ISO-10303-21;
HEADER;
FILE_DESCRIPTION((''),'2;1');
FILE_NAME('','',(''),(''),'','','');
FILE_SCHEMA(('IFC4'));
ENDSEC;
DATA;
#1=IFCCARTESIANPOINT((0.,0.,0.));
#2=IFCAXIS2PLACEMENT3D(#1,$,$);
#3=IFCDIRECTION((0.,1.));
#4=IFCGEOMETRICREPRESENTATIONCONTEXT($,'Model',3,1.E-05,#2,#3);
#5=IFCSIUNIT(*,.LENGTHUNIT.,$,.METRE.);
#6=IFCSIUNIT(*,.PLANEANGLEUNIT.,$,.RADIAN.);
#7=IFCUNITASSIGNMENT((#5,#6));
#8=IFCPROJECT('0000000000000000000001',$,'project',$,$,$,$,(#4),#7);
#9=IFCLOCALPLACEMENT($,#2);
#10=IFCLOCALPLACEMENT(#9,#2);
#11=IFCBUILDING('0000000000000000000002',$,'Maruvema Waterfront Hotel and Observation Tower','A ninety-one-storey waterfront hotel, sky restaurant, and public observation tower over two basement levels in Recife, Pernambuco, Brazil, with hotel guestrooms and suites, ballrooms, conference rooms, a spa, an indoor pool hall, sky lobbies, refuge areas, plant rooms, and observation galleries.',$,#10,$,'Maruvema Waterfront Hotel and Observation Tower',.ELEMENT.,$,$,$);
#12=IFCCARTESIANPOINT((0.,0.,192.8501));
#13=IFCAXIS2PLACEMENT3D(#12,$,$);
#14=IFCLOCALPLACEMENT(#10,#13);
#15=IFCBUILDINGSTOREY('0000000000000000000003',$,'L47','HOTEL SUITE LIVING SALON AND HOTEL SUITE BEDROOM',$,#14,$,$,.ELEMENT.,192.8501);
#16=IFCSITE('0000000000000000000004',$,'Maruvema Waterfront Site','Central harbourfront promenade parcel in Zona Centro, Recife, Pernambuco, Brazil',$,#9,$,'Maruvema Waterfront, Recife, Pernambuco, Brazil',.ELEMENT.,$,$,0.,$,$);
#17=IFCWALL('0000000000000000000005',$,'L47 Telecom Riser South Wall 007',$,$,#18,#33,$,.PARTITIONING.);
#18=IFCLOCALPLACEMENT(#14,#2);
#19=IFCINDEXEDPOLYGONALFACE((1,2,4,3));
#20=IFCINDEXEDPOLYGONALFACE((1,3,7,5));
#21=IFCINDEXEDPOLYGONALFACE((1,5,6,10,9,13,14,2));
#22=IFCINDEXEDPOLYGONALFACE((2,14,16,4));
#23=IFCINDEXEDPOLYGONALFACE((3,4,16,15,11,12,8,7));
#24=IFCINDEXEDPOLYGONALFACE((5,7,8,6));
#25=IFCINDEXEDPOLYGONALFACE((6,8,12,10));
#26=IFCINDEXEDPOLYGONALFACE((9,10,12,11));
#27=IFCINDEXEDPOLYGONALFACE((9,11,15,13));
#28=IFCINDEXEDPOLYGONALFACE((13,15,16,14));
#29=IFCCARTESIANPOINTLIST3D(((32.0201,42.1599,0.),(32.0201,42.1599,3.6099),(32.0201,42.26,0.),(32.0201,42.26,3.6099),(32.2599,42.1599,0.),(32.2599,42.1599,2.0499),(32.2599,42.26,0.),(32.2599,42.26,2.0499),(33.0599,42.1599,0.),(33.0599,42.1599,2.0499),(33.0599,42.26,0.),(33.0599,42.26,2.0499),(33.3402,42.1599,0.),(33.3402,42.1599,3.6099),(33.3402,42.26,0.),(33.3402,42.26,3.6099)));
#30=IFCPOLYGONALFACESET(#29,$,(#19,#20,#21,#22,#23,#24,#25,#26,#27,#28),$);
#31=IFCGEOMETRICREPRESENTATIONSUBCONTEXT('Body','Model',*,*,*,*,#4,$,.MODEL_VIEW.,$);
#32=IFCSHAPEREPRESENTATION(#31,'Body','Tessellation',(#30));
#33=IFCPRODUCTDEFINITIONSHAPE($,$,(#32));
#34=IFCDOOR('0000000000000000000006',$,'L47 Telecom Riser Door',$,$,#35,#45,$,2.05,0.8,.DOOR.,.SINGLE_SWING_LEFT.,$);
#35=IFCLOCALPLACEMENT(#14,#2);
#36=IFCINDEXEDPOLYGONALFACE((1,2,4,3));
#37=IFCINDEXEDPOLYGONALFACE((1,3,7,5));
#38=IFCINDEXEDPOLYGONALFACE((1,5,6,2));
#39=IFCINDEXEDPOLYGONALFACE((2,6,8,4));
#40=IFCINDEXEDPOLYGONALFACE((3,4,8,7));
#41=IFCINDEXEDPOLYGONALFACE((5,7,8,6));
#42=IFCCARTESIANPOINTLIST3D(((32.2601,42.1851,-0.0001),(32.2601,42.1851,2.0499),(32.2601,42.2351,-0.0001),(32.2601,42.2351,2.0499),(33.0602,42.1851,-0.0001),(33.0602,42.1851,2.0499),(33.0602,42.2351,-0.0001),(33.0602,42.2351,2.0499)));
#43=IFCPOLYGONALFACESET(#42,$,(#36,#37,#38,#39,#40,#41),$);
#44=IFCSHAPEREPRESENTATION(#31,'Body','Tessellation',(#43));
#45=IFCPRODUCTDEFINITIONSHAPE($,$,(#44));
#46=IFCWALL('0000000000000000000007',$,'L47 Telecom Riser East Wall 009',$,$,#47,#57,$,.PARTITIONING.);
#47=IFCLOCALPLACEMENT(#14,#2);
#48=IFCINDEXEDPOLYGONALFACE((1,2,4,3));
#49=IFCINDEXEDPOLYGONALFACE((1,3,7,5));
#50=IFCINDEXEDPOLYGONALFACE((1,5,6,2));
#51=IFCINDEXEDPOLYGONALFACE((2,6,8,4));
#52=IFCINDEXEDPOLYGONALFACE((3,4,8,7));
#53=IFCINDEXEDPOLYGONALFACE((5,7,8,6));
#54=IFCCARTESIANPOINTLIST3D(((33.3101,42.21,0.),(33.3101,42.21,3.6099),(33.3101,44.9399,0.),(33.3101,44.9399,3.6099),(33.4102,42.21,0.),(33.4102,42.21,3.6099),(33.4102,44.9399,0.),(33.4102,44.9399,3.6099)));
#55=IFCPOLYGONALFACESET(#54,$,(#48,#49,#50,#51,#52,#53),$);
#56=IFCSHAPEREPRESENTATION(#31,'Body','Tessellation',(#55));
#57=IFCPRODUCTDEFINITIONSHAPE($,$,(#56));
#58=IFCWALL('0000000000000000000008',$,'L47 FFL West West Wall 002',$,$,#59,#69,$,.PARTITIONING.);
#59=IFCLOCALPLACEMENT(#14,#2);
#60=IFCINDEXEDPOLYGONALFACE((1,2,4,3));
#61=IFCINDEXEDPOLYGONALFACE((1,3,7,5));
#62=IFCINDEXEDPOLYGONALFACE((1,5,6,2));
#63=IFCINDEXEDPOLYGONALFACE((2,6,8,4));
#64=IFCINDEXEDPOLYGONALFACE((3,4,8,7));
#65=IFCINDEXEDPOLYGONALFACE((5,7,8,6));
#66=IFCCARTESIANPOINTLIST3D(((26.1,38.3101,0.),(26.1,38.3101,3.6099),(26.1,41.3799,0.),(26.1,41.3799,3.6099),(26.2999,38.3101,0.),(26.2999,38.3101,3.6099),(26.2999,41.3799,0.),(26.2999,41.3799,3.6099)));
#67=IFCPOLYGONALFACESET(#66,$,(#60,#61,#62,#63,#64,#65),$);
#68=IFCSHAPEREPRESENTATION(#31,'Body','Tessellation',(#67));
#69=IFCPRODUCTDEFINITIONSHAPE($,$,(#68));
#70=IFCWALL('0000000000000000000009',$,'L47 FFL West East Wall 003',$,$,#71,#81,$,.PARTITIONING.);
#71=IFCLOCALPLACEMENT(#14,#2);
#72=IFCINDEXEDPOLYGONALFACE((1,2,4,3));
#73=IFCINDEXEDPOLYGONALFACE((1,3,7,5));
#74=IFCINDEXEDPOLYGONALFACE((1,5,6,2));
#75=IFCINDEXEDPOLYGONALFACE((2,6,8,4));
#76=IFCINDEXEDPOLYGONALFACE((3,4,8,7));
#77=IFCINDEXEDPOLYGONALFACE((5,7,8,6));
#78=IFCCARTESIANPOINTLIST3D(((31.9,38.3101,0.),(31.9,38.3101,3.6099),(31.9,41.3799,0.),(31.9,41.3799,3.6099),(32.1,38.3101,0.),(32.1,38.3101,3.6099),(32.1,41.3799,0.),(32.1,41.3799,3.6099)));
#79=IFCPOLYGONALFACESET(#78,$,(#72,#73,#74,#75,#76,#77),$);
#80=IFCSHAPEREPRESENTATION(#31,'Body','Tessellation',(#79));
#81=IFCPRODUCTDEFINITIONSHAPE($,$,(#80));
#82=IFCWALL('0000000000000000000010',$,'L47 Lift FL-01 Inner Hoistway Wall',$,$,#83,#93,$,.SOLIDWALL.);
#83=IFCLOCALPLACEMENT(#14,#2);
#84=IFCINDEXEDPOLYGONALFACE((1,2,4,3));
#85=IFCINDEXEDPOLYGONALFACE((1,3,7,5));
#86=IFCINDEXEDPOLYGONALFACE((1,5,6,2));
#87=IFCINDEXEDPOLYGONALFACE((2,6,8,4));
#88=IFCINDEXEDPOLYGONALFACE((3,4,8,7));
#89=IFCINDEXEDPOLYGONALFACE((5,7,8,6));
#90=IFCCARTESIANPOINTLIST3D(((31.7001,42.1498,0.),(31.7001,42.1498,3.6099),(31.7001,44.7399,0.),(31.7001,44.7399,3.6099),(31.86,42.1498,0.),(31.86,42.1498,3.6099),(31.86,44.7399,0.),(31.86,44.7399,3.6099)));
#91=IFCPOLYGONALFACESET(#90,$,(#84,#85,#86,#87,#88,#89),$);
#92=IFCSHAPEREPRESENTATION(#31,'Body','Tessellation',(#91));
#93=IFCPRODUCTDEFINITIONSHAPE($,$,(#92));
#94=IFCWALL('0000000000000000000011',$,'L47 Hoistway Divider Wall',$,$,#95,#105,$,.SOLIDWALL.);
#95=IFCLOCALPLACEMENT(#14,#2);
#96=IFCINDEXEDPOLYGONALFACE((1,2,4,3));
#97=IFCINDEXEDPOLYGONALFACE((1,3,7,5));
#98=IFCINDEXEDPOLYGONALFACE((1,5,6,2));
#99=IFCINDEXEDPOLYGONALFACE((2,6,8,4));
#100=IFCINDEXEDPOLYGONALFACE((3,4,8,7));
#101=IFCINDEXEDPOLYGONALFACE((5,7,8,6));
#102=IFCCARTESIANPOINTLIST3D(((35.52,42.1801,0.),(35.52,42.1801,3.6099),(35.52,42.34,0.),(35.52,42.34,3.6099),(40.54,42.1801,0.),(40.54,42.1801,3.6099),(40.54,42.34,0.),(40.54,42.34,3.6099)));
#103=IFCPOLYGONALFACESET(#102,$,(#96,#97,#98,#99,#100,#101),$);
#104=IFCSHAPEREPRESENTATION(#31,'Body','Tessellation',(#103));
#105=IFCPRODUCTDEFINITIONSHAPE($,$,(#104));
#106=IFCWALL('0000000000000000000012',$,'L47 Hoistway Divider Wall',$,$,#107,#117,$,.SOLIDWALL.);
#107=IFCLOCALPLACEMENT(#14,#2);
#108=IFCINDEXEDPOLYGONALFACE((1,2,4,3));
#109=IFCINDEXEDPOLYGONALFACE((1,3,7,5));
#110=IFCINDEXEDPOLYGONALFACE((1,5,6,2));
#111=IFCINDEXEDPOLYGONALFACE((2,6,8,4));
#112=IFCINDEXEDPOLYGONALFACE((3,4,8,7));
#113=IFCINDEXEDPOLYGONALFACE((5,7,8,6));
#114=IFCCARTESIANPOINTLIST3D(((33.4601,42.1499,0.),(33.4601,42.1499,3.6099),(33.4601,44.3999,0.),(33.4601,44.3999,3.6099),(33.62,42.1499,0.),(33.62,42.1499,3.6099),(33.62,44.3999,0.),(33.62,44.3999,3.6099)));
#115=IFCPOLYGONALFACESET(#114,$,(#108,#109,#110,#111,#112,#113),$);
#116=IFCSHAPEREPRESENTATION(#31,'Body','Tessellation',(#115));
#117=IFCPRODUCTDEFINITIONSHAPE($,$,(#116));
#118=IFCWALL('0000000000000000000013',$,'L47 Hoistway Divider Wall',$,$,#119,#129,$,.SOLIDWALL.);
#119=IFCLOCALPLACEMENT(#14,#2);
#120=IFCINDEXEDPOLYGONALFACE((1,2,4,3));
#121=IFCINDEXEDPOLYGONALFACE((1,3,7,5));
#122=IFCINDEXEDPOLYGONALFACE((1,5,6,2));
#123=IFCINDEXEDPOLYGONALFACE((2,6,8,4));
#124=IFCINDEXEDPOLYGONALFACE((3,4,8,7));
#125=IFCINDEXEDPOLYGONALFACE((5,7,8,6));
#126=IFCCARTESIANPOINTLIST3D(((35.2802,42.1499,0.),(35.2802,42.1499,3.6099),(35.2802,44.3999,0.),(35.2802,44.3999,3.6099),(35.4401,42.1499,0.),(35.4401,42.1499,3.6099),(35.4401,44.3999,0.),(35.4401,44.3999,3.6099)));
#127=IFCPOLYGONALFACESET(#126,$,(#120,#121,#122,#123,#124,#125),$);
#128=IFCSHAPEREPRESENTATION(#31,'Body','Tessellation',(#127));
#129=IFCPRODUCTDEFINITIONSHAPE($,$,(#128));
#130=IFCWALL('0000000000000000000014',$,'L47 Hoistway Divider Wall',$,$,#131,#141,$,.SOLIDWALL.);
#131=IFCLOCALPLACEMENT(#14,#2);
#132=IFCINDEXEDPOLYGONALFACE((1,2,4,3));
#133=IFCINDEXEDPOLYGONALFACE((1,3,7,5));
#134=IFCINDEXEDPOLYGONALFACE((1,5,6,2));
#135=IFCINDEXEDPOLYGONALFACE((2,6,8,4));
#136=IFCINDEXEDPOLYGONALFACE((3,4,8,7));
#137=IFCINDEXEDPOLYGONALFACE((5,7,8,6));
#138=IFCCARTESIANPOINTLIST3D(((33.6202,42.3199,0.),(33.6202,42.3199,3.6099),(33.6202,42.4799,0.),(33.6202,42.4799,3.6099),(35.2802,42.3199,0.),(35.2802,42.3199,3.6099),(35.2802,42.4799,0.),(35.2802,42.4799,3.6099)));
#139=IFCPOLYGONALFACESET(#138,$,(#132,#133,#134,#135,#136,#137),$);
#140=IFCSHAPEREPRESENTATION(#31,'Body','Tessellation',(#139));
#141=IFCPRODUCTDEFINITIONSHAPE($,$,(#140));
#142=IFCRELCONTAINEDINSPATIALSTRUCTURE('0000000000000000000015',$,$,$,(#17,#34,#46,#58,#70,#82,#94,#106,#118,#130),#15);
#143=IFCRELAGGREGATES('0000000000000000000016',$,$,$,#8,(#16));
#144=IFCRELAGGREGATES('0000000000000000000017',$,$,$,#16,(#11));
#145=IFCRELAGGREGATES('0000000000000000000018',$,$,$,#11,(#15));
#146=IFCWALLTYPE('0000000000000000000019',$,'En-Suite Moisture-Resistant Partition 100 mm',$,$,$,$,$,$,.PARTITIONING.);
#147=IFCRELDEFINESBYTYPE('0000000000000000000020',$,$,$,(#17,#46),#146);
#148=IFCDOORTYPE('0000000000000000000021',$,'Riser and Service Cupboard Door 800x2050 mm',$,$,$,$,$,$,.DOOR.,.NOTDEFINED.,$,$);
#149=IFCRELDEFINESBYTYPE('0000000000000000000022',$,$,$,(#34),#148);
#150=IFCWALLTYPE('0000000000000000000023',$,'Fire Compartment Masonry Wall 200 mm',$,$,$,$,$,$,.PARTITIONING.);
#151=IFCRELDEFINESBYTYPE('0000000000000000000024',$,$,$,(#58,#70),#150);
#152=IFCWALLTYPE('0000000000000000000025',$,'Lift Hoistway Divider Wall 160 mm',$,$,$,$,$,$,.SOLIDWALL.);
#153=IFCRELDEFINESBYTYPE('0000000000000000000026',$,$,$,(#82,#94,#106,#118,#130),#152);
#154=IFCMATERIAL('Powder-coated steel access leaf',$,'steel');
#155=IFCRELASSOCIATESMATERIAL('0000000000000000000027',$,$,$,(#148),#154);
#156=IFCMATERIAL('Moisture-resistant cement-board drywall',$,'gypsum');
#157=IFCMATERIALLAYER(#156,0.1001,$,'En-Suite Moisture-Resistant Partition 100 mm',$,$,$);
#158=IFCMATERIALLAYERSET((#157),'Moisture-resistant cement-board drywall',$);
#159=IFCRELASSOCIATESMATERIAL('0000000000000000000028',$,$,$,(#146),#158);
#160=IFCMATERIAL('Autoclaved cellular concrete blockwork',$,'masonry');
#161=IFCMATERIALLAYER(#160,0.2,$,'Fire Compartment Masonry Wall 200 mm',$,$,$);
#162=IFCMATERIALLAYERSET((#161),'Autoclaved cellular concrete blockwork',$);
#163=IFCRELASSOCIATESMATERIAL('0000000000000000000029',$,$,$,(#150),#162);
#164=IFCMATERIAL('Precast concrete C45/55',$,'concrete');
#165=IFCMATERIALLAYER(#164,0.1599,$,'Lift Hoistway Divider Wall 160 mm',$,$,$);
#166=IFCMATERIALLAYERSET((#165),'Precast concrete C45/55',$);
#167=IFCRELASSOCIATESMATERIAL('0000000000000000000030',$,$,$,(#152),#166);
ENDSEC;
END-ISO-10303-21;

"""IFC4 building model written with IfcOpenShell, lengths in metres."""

from ifc_helpers import new_model, si_unit, direction, frame, frame_2d, origin, place, context, subcontext, project, spatial, rectangle, extrude, material, layer, layer_set, type_object, element, fill, save


model = new_model("IFC4")

# Units and contexts
model_context = context("Model", 3, precision=1e-05, world=origin(), true_north=direction((0.0, 1.0)))
body_context = subcontext(model_context, "Body", "Model", "MODEL_VIEW")
ifc_project = project(units=[si_unit("LENGTHUNIT", "METRE"), si_unit("PLANEANGLEUNIT", "RADIAN")], contexts=[model_context])

# Site, building, storey
site_placement = place(None, origin())
site = spatial("IfcSite", under=ifc_project, at=site_placement, Name="Maruvema Waterfront Site", Description="Central harbourfront promenade parcel in Zona Centro, Recife, Pernambuco, Brazil", LongName="Maruvema Waterfront, Recife, Pernambuco, Brazil", CompositionType="ELEMENT", RefElevation=0.0)
building_placement = place(site_placement, origin())
building = spatial("IfcBuilding", under=site, at=building_placement, Name="Maruvema Waterfront Hotel and Observation Tower", Description="A ninety-one-storey waterfront hotel, sky restaurant, and public observation tower over two basement levels in Recife, Pernambuco, Brazil, with hotel guestrooms and suites, ballrooms, conference rooms, a spa, an indoor pool hall, sky lobbies, refuge areas, plant rooms, and observation galleries.", LongName="Maruvema Waterfront Hotel and Observation Tower", CompositionType="ELEMENT")
storey_placement = place(building_placement, frame((0.0, 0.0, 192.8501)))
storey = spatial("IfcBuildingStorey", under=building, at=storey_placement, Name="L47", Description="HOTEL SUITE LIVING SALON AND HOTEL SUITE BEDROOM", CompositionType="ELEMENT", Elevation=192.8501)

# Shared definitions
ifc_material_1 = material(Name="Powder-coated steel access leaf", Category="steel")
door_type_1 = type_object("IfcDoorType", Name="Riser and Service Cupboard Door 800x2050 mm", OperationType="NOTDEFINED", PredefinedType="DOOR", material=ifc_material_1)

# Wall, opening, door
ifc_material_2 = material(Name="Moisture-resistant cement-board drywall", Category="gypsum")
ifc_layer_1 = layer(ifc_material_2, 0.1001, Name="En-Suite Moisture-Resistant Partition 100 mm")
ifc_layer_set_1 = layer_set([ifc_layer_1], Name="Moisture-resistant cement-board drywall")
wall_type_1 = type_object("IfcWallType", Name="En-Suite Moisture-Resistant Partition 100 mm", PredefinedType="PARTITIONING", material=ifc_layer_set_1)
wall_1_placement = place(storey_placement, frame((32.02, 42.21, 0.0), z_axis=(0.0, 0.0, 1.0), x_axis=(1.0, 0.0, 0.0)))
wall_1 = element("IfcWall", 1, at=wall_1_placement, inside=storey, type_object=wall_type_1, Name="L47 Telecom Riser South Wall 007", PredefinedType="PARTITIONING", context=body_context, shape_type="SweptSolid", body=[
    extrude(rectangle(XDim=1.3201, YDim=0.1001, at=frame_2d((0.6602, 0.0))), origin(), (0.0, 0.0, 1.0), 3.6099),
])
opening_1_placement = place(wall_1_placement, frame((0.24, 0.0, 0.0)))
opening_1 = element("IfcOpeningElement", 2, at=opening_1_placement, cuts=wall_1, PredefinedType="OPENING", context=body_context, shape_type="SweptSolid", body=[
    extrude(rectangle(XDim=0.8, YDim=2.05, at=frame_2d((0.3999, 1.0249))), frame((0.0, 0.0601, 0.0), z_axis=(0.0, -1.0, 0.0), x_axis=(1.0, 0.0, 0.0)), (0.0, 0.0, 1.0), 0.1201),
])
door_1_placement = place(opening_1_placement, frame((0.8, 0.0, 0.0), z_axis=(0.0, 0.0, 1.0), x_axis=(-1.0, 0.0, 0.0)))
door_1 = element("IfcDoor", 3, at=door_1_placement, inside=storey, type_object=door_type_1, Name="L47 Telecom Riser Door", OperationType="SINGLE_SWING_LEFT", OverallHeight=2.05, OverallWidth=0.8, PredefinedType="DOOR", context=body_context, shape_type="SweptSolid", body=[
    extrude(rectangle(XDim=0.8, YDim=2.05, at=frame_2d((0.3999, 1.0249))), frame((0.0, 0.0249, 0.0), z_axis=(0.0, -1.0, 0.0), x_axis=(1.0, 0.0, 0.0)), (0.0, 0.0, 1.0), 0.05),
])
fill(opening_1, door_1)

# Wall
wall_2_placement = place(storey_placement, frame((33.3601, 42.21, 0.0), z_axis=(0.0, 0.0, 1.0), x_axis=(0.0, 1.0, 0.0)))
element("IfcWall", 4, at=wall_2_placement, inside=storey, type_object=wall_type_1, Name="L47 Telecom Riser East Wall 009", PredefinedType="PARTITIONING", context=body_context, shape_type="SweptSolid", body=[
    extrude(rectangle(XDim=2.73, YDim=0.1001, at=frame_2d((1.365, 0.0))), origin(), (0.0, 0.0, 1.0), 3.6099),
])

# Shared definitions
ifc_material_3 = material(Name="Autoclaved cellular concrete blockwork", Category="masonry")
ifc_layer_2 = layer(ifc_material_3, 0.2, Name="Fire Compartment Masonry Wall 200 mm")
ifc_layer_set_2 = layer_set([ifc_layer_2], Name="Autoclaved cellular concrete blockwork")
wall_type_2 = type_object("IfcWallType", Name="Fire Compartment Masonry Wall 200 mm", PredefinedType="PARTITIONING", material=ifc_layer_set_2)

# Walls
for number, where, z_axis, x_axis, name in (
    (5, (26.2, 38.3101, 0.0), (0.0, 0.0, 1.0), (0.0, 1.0, 0.0), "L47 FFL West West Wall 002"),
    (6, (32.0, 38.3101, 0.0), (0.0, 0.0, 1.0), (0.0, 1.0, 0.0), "L47 FFL West East Wall 003"),
):
    element("IfcWall", number, at=place(storey_placement, frame(where, z_axis=z_axis, x_axis=x_axis)), inside=storey, type_object=wall_type_2, Name=name, PredefinedType="PARTITIONING", context=body_context, shape_type="SweptSolid", body=[
        extrude(rectangle(XDim=3.0698, YDim=0.2, at=frame_2d((1.5349, 0.0))), origin(), (0.0, 0.0, 1.0), 3.6099),
    ])
ifc_material_4 = material(Name="Precast concrete C45/55", Category="concrete")
ifc_layer_3 = layer(ifc_material_4, 0.1599, Name="Lift Hoistway Divider Wall 160 mm")
ifc_layer_set_3 = layer_set([ifc_layer_3], Name="Precast concrete C45/55")
wall_type_3 = type_object("IfcWallType", Name="Lift Hoistway Divider Wall 160 mm", PredefinedType="SOLIDWALL", material=ifc_layer_set_3)
wall_3_placement = place(storey_placement, frame((31.78, 42.1499, 0.0), z_axis=(0.0, 0.0, 1.0), x_axis=(0.0, 1.0, 0.0)))
element("IfcWall", 7, at=wall_3_placement, inside=storey, type_object=wall_type_3, Name="L47 Lift FL-01 Inner Hoistway Wall", PredefinedType="SOLIDWALL", context=body_context, shape_type="SweptSolid", body=[
    extrude(rectangle(XDim=2.5901, YDim=0.1599, at=frame_2d((1.2949, 0.0))), origin(), (0.0, 0.0, 1.0), 3.6099),
])
wall_4_placement = place(storey_placement, frame((35.52, 42.26, 0.0), z_axis=(0.0, 0.0, 1.0), x_axis=(1.0, 0.0, 0.0)))
element("IfcWall", 8, at=wall_4_placement, inside=storey, type_object=wall_type_3, Name="L47 Hoistway Divider Wall", PredefinedType="SOLIDWALL", context=body_context, shape_type="SweptSolid", body=[
    extrude(rectangle(XDim=5.02, YDim=0.1599, at=frame_2d((2.51, 0.0))), origin(), (0.0, 0.0, 1.0), 3.6099),
])
for number, where, z_axis, x_axis, name in (
    (9, (33.54, 42.1499, 0.0), (0.0, 0.0, 1.0), (0.0, 1.0, 0.0), "L47 Hoistway Divider Wall"),
    (10, (35.3601, 42.1499, 0.0), (0.0, 0.0, 1.0), (0.0, 1.0, 0.0), "L47 Hoistway Divider Wall"),
):
    element("IfcWall", number, at=place(storey_placement, frame(where, z_axis=z_axis, x_axis=x_axis)), inside=storey, type_object=wall_type_3, Name=name, PredefinedType="SOLIDWALL", context=body_context, shape_type="SweptSolid", body=[
        extrude(rectangle(XDim=2.25, YDim=0.1599, at=frame_2d((1.125, 0.0))), origin(), (0.0, 0.0, 1.0), 3.6099),
    ])
wall_5_placement = place(storey_placement, frame((33.6201, 42.3999, 0.0), z_axis=(0.0, 0.0, 1.0), x_axis=(1.0, 0.0, 0.0)))
element("IfcWall", 11, at=wall_5_placement, inside=storey, type_object=wall_type_3, Name="L47 Hoistway Divider Wall", PredefinedType="SOLIDWALL", context=body_context, shape_type="SweptSolid", body=[
    extrude(rectangle(XDim=1.6599, YDim=0.1599, at=frame_2d((0.8301, 0.0))), origin(), (0.0, 0.0, 1.0), 3.6099),
])

save(model, "model.ifc")
